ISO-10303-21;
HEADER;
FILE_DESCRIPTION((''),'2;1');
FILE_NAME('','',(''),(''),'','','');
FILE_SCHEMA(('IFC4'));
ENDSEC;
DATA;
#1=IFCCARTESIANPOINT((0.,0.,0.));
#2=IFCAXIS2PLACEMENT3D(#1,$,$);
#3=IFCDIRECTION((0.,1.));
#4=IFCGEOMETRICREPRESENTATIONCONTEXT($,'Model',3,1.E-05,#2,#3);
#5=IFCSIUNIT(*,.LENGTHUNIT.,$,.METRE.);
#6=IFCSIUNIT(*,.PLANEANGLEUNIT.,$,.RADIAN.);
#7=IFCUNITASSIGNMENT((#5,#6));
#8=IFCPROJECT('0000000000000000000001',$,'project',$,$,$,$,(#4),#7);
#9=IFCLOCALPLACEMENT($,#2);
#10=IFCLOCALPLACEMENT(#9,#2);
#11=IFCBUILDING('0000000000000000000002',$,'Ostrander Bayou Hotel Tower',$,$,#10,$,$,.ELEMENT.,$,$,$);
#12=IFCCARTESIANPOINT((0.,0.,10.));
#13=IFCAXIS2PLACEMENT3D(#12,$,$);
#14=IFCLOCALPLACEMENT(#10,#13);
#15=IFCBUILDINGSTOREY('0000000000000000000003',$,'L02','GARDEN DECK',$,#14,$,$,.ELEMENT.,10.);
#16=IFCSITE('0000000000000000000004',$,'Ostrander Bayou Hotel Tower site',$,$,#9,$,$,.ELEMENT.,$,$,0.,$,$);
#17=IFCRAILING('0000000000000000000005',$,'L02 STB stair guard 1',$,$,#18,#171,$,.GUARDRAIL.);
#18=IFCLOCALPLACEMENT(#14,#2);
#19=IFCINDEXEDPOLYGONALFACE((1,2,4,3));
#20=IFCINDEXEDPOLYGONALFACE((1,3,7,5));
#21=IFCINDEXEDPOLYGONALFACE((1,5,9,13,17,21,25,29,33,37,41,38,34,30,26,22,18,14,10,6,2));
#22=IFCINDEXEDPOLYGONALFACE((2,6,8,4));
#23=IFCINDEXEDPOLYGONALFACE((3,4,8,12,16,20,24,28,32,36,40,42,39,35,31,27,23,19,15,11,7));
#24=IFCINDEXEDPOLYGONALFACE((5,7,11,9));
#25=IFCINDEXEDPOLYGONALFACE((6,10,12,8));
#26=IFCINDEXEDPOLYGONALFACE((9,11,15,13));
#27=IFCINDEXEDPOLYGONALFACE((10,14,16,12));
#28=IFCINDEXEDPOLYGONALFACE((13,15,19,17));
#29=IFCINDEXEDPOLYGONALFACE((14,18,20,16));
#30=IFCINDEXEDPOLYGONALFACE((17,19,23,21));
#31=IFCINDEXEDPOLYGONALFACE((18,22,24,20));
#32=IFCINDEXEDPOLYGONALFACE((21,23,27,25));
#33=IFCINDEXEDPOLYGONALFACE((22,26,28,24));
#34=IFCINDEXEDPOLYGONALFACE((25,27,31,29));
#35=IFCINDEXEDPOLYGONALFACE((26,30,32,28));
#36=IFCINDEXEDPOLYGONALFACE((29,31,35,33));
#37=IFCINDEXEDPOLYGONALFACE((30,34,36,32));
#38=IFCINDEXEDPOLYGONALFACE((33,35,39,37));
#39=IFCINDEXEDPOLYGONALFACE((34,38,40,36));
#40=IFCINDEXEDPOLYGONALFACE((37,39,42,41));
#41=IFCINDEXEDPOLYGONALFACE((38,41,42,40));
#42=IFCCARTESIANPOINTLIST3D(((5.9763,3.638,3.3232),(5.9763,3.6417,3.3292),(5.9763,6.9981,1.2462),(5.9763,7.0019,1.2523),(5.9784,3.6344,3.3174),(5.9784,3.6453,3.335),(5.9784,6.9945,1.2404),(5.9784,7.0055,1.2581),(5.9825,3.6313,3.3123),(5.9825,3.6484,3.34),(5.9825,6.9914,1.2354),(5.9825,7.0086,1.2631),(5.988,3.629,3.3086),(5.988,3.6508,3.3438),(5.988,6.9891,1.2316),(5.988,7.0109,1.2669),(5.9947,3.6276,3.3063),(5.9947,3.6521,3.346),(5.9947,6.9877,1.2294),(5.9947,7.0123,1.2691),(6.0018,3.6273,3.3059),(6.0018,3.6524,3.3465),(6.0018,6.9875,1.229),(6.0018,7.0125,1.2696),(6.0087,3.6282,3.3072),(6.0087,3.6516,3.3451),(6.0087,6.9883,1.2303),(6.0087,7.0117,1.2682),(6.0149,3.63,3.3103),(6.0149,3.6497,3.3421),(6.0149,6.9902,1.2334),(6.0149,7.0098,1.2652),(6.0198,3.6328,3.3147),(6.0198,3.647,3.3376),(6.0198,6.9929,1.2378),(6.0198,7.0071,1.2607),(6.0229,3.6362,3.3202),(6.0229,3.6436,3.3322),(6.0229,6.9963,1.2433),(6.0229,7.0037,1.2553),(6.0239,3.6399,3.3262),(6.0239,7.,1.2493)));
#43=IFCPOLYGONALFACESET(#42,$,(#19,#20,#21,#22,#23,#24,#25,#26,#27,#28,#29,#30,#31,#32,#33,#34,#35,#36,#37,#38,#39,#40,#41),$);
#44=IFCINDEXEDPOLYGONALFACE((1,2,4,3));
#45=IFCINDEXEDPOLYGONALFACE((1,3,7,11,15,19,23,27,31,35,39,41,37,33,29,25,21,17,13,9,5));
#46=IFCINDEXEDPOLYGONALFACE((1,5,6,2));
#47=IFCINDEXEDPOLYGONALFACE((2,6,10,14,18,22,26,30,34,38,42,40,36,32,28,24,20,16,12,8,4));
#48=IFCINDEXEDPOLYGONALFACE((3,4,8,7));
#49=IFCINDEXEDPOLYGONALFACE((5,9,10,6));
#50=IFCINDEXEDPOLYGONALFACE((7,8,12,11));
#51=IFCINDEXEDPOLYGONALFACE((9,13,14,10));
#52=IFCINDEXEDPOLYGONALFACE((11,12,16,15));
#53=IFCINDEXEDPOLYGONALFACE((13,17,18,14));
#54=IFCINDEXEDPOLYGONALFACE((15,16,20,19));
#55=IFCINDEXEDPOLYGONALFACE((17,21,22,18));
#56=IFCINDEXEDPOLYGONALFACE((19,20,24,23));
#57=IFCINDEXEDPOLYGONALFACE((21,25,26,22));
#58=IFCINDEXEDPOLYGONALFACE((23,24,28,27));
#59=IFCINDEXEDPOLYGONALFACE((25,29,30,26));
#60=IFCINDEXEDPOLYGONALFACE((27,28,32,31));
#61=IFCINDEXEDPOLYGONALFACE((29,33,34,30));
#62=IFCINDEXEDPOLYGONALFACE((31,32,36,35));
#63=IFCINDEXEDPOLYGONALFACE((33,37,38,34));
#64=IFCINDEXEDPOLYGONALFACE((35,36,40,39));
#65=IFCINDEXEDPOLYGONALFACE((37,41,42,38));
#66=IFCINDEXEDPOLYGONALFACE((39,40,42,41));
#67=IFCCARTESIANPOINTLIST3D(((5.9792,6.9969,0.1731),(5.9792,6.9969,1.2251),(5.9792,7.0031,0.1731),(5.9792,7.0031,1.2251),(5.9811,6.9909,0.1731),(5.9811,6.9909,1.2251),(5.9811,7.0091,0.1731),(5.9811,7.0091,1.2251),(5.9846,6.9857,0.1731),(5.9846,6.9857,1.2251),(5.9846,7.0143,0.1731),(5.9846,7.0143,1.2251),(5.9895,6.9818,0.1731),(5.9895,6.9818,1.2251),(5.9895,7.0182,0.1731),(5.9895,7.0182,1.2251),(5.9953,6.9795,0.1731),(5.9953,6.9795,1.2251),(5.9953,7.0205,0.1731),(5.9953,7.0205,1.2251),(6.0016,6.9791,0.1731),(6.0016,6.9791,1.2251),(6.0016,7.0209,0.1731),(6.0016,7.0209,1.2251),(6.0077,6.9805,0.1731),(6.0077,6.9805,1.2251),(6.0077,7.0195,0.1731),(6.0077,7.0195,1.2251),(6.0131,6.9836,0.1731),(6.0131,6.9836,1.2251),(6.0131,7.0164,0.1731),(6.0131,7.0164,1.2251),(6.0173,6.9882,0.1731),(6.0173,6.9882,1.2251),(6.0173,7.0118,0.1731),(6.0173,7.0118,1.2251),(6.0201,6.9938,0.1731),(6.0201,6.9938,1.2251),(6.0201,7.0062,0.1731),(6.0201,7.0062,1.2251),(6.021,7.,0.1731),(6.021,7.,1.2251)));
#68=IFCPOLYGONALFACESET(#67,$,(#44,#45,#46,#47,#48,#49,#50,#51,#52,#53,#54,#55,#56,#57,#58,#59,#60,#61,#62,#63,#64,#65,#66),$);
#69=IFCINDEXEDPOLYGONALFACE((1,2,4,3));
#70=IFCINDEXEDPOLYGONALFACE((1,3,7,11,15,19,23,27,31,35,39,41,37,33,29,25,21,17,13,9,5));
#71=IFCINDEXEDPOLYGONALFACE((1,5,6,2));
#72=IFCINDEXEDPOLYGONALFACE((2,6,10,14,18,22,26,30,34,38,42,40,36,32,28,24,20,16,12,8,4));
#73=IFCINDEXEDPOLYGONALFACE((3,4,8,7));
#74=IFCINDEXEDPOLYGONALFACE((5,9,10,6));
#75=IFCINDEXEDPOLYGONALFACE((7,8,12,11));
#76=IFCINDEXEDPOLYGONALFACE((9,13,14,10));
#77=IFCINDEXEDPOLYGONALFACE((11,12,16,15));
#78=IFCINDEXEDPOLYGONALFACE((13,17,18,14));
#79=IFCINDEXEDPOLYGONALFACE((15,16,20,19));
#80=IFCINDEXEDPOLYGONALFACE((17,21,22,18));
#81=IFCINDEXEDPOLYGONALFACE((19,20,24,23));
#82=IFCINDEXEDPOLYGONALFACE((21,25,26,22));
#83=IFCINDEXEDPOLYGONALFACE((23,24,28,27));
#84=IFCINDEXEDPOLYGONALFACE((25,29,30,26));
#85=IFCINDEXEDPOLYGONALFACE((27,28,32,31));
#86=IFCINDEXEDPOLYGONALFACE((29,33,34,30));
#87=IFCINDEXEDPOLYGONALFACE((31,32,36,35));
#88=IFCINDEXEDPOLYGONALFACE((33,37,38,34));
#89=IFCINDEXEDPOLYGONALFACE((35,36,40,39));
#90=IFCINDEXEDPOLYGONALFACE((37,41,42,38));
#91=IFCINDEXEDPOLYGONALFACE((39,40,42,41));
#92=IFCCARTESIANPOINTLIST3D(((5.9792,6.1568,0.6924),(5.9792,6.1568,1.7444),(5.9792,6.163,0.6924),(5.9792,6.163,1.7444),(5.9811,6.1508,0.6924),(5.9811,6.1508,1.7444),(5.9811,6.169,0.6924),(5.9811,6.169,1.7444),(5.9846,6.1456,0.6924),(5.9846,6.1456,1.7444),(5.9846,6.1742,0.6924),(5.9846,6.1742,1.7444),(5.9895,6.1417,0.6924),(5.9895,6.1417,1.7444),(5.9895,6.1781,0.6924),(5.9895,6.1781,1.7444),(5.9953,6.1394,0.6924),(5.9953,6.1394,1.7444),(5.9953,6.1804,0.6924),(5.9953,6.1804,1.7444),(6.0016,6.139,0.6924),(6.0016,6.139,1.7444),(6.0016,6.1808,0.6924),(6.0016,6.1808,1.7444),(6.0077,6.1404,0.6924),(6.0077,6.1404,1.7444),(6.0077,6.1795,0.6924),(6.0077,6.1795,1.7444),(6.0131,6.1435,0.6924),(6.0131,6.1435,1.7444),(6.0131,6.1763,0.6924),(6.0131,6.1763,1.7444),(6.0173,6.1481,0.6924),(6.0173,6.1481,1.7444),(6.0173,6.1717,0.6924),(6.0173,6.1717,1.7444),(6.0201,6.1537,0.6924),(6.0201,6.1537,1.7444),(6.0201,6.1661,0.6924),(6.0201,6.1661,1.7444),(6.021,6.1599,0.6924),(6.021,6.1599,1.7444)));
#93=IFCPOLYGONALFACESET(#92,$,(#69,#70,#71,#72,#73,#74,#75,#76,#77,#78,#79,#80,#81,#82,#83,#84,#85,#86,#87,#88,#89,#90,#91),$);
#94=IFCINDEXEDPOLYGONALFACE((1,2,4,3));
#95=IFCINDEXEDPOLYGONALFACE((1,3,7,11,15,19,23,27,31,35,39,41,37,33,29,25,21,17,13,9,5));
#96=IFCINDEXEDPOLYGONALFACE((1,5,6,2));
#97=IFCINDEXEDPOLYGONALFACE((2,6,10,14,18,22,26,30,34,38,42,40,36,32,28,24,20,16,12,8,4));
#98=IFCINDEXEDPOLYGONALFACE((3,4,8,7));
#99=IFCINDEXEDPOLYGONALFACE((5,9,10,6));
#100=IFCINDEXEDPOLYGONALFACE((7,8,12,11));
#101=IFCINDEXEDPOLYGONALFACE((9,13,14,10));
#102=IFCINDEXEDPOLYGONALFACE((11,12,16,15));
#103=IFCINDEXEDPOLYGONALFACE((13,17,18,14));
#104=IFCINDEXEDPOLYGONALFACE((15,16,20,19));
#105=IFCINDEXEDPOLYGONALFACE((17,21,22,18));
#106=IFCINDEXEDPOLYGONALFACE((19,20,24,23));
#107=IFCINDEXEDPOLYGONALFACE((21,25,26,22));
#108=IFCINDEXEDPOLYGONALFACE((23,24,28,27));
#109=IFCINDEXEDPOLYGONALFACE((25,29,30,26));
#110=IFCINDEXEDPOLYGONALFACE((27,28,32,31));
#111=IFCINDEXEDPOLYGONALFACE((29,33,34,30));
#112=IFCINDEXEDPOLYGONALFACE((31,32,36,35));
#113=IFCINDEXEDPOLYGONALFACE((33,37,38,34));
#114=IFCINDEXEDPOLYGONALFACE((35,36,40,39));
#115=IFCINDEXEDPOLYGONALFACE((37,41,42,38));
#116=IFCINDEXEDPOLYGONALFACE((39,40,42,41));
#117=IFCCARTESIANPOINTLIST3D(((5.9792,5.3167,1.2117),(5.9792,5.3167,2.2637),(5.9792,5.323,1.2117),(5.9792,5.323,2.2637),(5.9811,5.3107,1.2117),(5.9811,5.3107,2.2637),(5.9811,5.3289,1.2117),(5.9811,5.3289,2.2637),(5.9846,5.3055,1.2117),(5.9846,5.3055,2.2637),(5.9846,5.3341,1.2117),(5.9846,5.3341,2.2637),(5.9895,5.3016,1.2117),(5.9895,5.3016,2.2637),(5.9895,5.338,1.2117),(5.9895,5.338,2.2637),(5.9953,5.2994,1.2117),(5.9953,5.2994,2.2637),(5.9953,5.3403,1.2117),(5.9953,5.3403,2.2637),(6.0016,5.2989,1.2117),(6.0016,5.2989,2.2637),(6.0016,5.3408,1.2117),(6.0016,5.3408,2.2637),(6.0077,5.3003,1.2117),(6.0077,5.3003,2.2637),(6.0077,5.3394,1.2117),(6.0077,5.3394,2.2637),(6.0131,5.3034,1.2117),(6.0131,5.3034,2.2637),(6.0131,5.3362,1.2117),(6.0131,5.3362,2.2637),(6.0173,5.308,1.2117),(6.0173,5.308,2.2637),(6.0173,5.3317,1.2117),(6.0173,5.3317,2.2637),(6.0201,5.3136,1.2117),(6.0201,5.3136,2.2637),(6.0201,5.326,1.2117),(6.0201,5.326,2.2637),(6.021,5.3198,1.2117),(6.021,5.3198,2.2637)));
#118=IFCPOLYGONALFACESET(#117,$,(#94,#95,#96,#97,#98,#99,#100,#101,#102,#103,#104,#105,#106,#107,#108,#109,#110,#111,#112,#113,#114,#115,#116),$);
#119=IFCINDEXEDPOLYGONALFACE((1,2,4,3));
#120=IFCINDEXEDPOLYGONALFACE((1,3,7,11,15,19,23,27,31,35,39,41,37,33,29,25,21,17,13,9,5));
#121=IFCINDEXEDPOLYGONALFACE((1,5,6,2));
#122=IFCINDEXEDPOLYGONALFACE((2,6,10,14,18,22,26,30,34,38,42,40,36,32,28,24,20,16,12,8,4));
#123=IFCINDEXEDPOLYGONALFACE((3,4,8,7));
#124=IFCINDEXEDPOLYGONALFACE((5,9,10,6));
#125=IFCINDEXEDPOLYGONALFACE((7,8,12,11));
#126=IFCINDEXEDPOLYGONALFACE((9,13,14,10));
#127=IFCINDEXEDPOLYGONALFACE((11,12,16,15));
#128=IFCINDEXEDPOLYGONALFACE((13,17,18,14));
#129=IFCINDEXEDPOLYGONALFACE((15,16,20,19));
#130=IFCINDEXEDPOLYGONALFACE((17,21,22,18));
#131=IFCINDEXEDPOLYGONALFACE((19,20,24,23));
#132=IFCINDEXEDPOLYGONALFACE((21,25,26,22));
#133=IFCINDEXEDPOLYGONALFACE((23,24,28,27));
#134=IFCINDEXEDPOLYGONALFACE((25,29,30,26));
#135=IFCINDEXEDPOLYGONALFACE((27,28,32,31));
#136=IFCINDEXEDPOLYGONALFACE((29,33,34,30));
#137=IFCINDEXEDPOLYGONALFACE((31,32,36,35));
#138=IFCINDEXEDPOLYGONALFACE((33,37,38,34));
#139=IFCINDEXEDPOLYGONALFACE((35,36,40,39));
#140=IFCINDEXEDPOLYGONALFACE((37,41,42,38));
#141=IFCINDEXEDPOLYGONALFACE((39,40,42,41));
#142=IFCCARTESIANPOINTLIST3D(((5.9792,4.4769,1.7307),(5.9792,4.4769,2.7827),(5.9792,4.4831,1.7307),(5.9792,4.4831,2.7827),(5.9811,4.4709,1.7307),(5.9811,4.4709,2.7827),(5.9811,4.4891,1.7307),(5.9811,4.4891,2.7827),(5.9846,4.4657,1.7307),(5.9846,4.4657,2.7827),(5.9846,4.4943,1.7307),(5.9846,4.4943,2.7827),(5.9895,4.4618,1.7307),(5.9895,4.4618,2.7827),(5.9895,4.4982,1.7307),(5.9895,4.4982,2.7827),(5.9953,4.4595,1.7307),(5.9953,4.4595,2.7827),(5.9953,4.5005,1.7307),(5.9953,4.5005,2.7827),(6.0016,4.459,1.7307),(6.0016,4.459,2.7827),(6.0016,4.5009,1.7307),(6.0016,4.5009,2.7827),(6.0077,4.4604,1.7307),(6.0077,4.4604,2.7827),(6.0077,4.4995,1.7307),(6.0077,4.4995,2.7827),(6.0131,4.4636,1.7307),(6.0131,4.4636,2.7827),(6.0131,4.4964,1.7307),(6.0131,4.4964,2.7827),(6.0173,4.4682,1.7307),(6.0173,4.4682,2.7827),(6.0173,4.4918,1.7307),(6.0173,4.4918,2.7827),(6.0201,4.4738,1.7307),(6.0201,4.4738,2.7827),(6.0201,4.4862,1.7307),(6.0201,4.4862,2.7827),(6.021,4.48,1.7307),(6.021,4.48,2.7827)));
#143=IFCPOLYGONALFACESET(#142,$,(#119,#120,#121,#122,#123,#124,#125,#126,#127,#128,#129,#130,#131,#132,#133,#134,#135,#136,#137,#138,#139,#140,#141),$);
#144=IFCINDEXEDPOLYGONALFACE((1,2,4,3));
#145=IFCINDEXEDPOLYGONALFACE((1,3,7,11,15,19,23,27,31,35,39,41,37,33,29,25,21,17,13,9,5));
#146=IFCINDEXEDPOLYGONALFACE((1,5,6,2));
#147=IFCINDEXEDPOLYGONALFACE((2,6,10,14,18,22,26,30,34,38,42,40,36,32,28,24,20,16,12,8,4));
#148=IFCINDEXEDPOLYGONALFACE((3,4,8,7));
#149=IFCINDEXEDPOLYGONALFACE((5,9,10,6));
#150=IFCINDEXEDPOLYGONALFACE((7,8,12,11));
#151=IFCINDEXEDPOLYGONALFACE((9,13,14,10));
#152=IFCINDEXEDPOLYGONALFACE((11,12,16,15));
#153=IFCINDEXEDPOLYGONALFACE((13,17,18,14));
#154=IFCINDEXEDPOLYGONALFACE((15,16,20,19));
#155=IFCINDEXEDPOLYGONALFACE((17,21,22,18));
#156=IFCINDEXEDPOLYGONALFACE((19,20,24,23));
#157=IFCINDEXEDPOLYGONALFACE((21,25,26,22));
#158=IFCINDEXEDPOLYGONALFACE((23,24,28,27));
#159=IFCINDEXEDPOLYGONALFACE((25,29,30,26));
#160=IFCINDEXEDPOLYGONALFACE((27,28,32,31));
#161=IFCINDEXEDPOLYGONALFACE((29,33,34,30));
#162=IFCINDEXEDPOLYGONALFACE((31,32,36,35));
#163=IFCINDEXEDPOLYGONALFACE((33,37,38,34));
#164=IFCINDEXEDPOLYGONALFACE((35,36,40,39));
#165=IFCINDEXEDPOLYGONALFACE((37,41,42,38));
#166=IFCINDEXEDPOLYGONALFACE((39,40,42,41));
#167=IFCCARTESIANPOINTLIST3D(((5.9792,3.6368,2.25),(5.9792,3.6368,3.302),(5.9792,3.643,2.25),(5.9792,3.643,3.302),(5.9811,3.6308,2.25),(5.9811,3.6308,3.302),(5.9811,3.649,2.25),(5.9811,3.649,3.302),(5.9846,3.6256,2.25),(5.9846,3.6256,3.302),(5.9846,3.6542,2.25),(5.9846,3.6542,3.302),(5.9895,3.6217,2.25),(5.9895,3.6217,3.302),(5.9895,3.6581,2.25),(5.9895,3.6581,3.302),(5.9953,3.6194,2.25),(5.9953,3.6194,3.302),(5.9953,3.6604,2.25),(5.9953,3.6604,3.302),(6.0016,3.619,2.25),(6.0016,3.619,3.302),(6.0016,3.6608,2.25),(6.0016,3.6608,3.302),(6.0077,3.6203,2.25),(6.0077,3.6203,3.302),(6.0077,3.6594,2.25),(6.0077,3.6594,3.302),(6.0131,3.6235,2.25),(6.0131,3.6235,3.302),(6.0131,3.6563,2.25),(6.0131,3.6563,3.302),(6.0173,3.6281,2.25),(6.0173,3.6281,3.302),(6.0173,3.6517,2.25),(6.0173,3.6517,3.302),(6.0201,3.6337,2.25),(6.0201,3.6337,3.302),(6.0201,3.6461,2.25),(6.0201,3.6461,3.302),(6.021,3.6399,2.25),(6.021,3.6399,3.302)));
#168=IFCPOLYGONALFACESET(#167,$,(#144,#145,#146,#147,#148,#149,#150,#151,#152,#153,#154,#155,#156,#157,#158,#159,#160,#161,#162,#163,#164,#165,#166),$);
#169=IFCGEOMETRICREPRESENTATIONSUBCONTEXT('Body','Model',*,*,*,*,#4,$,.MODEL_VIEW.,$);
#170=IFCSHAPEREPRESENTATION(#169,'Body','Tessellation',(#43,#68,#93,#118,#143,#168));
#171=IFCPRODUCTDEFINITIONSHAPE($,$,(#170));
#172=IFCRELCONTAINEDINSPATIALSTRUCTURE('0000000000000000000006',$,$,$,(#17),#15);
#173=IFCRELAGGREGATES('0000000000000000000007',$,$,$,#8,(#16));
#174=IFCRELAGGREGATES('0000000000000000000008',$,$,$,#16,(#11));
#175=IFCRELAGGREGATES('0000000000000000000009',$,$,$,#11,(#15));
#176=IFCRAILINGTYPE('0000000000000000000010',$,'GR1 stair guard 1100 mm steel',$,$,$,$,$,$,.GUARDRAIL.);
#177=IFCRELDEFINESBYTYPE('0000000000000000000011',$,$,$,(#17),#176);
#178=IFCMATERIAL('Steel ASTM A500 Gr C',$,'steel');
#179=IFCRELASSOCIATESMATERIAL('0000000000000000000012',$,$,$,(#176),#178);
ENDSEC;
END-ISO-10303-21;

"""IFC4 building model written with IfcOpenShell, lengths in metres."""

from ifc_helpers import new_model, si_unit, direction, frame, origin, origin_2d, place, context, subcontext, project, spatial, circle, extrude, material, type_object, element, save


model = new_model("IFC4")

# Units and contexts
model_context = context("Model", 3, precision=1e-05, world=origin(), true_north=direction((0.0, 1.0)))
body_context = subcontext(model_context, "Body", "Model", "MODEL_VIEW")
ifc_project = project(units=[si_unit("LENGTHUNIT", "METRE"), si_unit("PLANEANGLEUNIT", "RADIAN")], contexts=[model_context])

# Site, building, storey
site_placement = place(None, origin())
site = spatial("IfcSite", under=ifc_project, at=site_placement, Name="Ostrander Bayou Hotel Tower site", CompositionType="ELEMENT", RefElevation=0.0)
building_placement = place(site_placement, origin())
building = spatial("IfcBuilding", under=site, at=building_placement, Name="Ostrander Bayou Hotel Tower", CompositionType="ELEMENT")
storey_placement = place(building_placement, frame((0.0, 0.0, 10.0)))
storey = spatial("IfcBuildingStorey", under=building, at=storey_placement, Name="L02", Description="GARDEN DECK", CompositionType="ELEMENT", Elevation=10.0)

# Railing
ifc_material_1 = material(Name="Steel ASTM A500 Gr C", Category="steel")
railing_type_1 = type_object("IfcRailingType", Name="GR1 stair guard 1100 mm steel", PredefinedType="GUARDRAIL", material=ifc_material_1)
railing_1_placement = place(storey_placement, frame((6.0, 7.0, 0.1731)))
element("IfcRailing", 1, at=railing_1_placement, inside=storey, type_object=railing_type_1, Name="L02 STB stair guard 1", PredefinedType="GUARDRAIL", context=body_context, shape_type="SweptSolid", body=[
    extrude(circle(Radius=0.0239, at=origin_2d()), frame((0.0, 0.0, 1.0762), z_axis=(0.0, -0.850623, 0.525776), x_axis=(1.0, 0.0, 0.0)), (0.0, 0.0, 1.0), 3.9502),
    extrude(circle(Radius=0.021, at=origin_2d()), origin(), (0.0, 0.0, 1.0), 1.052),
    extrude(circle(Radius=0.021, at=origin_2d()), frame((0.0, -0.8401, 0.5193)), (0.0, 0.0, 1.0), 1.052),
    extrude(circle(Radius=0.021, at=origin_2d()), frame((0.0, -1.6802, 1.0386)), (0.0, 0.0, 1.0), 1.052),
    extrude(circle(Radius=0.021, at=origin_2d()), frame((0.0, -2.52, 1.5576)), (0.0, 0.0, 1.0), 1.052),
    extrude(circle(Radius=0.021, at=origin_2d()), frame((0.0, -3.3601, 2.0769)), (0.0, 0.0, 1.0), 1.052),
])

save(model, "model.ifc")
